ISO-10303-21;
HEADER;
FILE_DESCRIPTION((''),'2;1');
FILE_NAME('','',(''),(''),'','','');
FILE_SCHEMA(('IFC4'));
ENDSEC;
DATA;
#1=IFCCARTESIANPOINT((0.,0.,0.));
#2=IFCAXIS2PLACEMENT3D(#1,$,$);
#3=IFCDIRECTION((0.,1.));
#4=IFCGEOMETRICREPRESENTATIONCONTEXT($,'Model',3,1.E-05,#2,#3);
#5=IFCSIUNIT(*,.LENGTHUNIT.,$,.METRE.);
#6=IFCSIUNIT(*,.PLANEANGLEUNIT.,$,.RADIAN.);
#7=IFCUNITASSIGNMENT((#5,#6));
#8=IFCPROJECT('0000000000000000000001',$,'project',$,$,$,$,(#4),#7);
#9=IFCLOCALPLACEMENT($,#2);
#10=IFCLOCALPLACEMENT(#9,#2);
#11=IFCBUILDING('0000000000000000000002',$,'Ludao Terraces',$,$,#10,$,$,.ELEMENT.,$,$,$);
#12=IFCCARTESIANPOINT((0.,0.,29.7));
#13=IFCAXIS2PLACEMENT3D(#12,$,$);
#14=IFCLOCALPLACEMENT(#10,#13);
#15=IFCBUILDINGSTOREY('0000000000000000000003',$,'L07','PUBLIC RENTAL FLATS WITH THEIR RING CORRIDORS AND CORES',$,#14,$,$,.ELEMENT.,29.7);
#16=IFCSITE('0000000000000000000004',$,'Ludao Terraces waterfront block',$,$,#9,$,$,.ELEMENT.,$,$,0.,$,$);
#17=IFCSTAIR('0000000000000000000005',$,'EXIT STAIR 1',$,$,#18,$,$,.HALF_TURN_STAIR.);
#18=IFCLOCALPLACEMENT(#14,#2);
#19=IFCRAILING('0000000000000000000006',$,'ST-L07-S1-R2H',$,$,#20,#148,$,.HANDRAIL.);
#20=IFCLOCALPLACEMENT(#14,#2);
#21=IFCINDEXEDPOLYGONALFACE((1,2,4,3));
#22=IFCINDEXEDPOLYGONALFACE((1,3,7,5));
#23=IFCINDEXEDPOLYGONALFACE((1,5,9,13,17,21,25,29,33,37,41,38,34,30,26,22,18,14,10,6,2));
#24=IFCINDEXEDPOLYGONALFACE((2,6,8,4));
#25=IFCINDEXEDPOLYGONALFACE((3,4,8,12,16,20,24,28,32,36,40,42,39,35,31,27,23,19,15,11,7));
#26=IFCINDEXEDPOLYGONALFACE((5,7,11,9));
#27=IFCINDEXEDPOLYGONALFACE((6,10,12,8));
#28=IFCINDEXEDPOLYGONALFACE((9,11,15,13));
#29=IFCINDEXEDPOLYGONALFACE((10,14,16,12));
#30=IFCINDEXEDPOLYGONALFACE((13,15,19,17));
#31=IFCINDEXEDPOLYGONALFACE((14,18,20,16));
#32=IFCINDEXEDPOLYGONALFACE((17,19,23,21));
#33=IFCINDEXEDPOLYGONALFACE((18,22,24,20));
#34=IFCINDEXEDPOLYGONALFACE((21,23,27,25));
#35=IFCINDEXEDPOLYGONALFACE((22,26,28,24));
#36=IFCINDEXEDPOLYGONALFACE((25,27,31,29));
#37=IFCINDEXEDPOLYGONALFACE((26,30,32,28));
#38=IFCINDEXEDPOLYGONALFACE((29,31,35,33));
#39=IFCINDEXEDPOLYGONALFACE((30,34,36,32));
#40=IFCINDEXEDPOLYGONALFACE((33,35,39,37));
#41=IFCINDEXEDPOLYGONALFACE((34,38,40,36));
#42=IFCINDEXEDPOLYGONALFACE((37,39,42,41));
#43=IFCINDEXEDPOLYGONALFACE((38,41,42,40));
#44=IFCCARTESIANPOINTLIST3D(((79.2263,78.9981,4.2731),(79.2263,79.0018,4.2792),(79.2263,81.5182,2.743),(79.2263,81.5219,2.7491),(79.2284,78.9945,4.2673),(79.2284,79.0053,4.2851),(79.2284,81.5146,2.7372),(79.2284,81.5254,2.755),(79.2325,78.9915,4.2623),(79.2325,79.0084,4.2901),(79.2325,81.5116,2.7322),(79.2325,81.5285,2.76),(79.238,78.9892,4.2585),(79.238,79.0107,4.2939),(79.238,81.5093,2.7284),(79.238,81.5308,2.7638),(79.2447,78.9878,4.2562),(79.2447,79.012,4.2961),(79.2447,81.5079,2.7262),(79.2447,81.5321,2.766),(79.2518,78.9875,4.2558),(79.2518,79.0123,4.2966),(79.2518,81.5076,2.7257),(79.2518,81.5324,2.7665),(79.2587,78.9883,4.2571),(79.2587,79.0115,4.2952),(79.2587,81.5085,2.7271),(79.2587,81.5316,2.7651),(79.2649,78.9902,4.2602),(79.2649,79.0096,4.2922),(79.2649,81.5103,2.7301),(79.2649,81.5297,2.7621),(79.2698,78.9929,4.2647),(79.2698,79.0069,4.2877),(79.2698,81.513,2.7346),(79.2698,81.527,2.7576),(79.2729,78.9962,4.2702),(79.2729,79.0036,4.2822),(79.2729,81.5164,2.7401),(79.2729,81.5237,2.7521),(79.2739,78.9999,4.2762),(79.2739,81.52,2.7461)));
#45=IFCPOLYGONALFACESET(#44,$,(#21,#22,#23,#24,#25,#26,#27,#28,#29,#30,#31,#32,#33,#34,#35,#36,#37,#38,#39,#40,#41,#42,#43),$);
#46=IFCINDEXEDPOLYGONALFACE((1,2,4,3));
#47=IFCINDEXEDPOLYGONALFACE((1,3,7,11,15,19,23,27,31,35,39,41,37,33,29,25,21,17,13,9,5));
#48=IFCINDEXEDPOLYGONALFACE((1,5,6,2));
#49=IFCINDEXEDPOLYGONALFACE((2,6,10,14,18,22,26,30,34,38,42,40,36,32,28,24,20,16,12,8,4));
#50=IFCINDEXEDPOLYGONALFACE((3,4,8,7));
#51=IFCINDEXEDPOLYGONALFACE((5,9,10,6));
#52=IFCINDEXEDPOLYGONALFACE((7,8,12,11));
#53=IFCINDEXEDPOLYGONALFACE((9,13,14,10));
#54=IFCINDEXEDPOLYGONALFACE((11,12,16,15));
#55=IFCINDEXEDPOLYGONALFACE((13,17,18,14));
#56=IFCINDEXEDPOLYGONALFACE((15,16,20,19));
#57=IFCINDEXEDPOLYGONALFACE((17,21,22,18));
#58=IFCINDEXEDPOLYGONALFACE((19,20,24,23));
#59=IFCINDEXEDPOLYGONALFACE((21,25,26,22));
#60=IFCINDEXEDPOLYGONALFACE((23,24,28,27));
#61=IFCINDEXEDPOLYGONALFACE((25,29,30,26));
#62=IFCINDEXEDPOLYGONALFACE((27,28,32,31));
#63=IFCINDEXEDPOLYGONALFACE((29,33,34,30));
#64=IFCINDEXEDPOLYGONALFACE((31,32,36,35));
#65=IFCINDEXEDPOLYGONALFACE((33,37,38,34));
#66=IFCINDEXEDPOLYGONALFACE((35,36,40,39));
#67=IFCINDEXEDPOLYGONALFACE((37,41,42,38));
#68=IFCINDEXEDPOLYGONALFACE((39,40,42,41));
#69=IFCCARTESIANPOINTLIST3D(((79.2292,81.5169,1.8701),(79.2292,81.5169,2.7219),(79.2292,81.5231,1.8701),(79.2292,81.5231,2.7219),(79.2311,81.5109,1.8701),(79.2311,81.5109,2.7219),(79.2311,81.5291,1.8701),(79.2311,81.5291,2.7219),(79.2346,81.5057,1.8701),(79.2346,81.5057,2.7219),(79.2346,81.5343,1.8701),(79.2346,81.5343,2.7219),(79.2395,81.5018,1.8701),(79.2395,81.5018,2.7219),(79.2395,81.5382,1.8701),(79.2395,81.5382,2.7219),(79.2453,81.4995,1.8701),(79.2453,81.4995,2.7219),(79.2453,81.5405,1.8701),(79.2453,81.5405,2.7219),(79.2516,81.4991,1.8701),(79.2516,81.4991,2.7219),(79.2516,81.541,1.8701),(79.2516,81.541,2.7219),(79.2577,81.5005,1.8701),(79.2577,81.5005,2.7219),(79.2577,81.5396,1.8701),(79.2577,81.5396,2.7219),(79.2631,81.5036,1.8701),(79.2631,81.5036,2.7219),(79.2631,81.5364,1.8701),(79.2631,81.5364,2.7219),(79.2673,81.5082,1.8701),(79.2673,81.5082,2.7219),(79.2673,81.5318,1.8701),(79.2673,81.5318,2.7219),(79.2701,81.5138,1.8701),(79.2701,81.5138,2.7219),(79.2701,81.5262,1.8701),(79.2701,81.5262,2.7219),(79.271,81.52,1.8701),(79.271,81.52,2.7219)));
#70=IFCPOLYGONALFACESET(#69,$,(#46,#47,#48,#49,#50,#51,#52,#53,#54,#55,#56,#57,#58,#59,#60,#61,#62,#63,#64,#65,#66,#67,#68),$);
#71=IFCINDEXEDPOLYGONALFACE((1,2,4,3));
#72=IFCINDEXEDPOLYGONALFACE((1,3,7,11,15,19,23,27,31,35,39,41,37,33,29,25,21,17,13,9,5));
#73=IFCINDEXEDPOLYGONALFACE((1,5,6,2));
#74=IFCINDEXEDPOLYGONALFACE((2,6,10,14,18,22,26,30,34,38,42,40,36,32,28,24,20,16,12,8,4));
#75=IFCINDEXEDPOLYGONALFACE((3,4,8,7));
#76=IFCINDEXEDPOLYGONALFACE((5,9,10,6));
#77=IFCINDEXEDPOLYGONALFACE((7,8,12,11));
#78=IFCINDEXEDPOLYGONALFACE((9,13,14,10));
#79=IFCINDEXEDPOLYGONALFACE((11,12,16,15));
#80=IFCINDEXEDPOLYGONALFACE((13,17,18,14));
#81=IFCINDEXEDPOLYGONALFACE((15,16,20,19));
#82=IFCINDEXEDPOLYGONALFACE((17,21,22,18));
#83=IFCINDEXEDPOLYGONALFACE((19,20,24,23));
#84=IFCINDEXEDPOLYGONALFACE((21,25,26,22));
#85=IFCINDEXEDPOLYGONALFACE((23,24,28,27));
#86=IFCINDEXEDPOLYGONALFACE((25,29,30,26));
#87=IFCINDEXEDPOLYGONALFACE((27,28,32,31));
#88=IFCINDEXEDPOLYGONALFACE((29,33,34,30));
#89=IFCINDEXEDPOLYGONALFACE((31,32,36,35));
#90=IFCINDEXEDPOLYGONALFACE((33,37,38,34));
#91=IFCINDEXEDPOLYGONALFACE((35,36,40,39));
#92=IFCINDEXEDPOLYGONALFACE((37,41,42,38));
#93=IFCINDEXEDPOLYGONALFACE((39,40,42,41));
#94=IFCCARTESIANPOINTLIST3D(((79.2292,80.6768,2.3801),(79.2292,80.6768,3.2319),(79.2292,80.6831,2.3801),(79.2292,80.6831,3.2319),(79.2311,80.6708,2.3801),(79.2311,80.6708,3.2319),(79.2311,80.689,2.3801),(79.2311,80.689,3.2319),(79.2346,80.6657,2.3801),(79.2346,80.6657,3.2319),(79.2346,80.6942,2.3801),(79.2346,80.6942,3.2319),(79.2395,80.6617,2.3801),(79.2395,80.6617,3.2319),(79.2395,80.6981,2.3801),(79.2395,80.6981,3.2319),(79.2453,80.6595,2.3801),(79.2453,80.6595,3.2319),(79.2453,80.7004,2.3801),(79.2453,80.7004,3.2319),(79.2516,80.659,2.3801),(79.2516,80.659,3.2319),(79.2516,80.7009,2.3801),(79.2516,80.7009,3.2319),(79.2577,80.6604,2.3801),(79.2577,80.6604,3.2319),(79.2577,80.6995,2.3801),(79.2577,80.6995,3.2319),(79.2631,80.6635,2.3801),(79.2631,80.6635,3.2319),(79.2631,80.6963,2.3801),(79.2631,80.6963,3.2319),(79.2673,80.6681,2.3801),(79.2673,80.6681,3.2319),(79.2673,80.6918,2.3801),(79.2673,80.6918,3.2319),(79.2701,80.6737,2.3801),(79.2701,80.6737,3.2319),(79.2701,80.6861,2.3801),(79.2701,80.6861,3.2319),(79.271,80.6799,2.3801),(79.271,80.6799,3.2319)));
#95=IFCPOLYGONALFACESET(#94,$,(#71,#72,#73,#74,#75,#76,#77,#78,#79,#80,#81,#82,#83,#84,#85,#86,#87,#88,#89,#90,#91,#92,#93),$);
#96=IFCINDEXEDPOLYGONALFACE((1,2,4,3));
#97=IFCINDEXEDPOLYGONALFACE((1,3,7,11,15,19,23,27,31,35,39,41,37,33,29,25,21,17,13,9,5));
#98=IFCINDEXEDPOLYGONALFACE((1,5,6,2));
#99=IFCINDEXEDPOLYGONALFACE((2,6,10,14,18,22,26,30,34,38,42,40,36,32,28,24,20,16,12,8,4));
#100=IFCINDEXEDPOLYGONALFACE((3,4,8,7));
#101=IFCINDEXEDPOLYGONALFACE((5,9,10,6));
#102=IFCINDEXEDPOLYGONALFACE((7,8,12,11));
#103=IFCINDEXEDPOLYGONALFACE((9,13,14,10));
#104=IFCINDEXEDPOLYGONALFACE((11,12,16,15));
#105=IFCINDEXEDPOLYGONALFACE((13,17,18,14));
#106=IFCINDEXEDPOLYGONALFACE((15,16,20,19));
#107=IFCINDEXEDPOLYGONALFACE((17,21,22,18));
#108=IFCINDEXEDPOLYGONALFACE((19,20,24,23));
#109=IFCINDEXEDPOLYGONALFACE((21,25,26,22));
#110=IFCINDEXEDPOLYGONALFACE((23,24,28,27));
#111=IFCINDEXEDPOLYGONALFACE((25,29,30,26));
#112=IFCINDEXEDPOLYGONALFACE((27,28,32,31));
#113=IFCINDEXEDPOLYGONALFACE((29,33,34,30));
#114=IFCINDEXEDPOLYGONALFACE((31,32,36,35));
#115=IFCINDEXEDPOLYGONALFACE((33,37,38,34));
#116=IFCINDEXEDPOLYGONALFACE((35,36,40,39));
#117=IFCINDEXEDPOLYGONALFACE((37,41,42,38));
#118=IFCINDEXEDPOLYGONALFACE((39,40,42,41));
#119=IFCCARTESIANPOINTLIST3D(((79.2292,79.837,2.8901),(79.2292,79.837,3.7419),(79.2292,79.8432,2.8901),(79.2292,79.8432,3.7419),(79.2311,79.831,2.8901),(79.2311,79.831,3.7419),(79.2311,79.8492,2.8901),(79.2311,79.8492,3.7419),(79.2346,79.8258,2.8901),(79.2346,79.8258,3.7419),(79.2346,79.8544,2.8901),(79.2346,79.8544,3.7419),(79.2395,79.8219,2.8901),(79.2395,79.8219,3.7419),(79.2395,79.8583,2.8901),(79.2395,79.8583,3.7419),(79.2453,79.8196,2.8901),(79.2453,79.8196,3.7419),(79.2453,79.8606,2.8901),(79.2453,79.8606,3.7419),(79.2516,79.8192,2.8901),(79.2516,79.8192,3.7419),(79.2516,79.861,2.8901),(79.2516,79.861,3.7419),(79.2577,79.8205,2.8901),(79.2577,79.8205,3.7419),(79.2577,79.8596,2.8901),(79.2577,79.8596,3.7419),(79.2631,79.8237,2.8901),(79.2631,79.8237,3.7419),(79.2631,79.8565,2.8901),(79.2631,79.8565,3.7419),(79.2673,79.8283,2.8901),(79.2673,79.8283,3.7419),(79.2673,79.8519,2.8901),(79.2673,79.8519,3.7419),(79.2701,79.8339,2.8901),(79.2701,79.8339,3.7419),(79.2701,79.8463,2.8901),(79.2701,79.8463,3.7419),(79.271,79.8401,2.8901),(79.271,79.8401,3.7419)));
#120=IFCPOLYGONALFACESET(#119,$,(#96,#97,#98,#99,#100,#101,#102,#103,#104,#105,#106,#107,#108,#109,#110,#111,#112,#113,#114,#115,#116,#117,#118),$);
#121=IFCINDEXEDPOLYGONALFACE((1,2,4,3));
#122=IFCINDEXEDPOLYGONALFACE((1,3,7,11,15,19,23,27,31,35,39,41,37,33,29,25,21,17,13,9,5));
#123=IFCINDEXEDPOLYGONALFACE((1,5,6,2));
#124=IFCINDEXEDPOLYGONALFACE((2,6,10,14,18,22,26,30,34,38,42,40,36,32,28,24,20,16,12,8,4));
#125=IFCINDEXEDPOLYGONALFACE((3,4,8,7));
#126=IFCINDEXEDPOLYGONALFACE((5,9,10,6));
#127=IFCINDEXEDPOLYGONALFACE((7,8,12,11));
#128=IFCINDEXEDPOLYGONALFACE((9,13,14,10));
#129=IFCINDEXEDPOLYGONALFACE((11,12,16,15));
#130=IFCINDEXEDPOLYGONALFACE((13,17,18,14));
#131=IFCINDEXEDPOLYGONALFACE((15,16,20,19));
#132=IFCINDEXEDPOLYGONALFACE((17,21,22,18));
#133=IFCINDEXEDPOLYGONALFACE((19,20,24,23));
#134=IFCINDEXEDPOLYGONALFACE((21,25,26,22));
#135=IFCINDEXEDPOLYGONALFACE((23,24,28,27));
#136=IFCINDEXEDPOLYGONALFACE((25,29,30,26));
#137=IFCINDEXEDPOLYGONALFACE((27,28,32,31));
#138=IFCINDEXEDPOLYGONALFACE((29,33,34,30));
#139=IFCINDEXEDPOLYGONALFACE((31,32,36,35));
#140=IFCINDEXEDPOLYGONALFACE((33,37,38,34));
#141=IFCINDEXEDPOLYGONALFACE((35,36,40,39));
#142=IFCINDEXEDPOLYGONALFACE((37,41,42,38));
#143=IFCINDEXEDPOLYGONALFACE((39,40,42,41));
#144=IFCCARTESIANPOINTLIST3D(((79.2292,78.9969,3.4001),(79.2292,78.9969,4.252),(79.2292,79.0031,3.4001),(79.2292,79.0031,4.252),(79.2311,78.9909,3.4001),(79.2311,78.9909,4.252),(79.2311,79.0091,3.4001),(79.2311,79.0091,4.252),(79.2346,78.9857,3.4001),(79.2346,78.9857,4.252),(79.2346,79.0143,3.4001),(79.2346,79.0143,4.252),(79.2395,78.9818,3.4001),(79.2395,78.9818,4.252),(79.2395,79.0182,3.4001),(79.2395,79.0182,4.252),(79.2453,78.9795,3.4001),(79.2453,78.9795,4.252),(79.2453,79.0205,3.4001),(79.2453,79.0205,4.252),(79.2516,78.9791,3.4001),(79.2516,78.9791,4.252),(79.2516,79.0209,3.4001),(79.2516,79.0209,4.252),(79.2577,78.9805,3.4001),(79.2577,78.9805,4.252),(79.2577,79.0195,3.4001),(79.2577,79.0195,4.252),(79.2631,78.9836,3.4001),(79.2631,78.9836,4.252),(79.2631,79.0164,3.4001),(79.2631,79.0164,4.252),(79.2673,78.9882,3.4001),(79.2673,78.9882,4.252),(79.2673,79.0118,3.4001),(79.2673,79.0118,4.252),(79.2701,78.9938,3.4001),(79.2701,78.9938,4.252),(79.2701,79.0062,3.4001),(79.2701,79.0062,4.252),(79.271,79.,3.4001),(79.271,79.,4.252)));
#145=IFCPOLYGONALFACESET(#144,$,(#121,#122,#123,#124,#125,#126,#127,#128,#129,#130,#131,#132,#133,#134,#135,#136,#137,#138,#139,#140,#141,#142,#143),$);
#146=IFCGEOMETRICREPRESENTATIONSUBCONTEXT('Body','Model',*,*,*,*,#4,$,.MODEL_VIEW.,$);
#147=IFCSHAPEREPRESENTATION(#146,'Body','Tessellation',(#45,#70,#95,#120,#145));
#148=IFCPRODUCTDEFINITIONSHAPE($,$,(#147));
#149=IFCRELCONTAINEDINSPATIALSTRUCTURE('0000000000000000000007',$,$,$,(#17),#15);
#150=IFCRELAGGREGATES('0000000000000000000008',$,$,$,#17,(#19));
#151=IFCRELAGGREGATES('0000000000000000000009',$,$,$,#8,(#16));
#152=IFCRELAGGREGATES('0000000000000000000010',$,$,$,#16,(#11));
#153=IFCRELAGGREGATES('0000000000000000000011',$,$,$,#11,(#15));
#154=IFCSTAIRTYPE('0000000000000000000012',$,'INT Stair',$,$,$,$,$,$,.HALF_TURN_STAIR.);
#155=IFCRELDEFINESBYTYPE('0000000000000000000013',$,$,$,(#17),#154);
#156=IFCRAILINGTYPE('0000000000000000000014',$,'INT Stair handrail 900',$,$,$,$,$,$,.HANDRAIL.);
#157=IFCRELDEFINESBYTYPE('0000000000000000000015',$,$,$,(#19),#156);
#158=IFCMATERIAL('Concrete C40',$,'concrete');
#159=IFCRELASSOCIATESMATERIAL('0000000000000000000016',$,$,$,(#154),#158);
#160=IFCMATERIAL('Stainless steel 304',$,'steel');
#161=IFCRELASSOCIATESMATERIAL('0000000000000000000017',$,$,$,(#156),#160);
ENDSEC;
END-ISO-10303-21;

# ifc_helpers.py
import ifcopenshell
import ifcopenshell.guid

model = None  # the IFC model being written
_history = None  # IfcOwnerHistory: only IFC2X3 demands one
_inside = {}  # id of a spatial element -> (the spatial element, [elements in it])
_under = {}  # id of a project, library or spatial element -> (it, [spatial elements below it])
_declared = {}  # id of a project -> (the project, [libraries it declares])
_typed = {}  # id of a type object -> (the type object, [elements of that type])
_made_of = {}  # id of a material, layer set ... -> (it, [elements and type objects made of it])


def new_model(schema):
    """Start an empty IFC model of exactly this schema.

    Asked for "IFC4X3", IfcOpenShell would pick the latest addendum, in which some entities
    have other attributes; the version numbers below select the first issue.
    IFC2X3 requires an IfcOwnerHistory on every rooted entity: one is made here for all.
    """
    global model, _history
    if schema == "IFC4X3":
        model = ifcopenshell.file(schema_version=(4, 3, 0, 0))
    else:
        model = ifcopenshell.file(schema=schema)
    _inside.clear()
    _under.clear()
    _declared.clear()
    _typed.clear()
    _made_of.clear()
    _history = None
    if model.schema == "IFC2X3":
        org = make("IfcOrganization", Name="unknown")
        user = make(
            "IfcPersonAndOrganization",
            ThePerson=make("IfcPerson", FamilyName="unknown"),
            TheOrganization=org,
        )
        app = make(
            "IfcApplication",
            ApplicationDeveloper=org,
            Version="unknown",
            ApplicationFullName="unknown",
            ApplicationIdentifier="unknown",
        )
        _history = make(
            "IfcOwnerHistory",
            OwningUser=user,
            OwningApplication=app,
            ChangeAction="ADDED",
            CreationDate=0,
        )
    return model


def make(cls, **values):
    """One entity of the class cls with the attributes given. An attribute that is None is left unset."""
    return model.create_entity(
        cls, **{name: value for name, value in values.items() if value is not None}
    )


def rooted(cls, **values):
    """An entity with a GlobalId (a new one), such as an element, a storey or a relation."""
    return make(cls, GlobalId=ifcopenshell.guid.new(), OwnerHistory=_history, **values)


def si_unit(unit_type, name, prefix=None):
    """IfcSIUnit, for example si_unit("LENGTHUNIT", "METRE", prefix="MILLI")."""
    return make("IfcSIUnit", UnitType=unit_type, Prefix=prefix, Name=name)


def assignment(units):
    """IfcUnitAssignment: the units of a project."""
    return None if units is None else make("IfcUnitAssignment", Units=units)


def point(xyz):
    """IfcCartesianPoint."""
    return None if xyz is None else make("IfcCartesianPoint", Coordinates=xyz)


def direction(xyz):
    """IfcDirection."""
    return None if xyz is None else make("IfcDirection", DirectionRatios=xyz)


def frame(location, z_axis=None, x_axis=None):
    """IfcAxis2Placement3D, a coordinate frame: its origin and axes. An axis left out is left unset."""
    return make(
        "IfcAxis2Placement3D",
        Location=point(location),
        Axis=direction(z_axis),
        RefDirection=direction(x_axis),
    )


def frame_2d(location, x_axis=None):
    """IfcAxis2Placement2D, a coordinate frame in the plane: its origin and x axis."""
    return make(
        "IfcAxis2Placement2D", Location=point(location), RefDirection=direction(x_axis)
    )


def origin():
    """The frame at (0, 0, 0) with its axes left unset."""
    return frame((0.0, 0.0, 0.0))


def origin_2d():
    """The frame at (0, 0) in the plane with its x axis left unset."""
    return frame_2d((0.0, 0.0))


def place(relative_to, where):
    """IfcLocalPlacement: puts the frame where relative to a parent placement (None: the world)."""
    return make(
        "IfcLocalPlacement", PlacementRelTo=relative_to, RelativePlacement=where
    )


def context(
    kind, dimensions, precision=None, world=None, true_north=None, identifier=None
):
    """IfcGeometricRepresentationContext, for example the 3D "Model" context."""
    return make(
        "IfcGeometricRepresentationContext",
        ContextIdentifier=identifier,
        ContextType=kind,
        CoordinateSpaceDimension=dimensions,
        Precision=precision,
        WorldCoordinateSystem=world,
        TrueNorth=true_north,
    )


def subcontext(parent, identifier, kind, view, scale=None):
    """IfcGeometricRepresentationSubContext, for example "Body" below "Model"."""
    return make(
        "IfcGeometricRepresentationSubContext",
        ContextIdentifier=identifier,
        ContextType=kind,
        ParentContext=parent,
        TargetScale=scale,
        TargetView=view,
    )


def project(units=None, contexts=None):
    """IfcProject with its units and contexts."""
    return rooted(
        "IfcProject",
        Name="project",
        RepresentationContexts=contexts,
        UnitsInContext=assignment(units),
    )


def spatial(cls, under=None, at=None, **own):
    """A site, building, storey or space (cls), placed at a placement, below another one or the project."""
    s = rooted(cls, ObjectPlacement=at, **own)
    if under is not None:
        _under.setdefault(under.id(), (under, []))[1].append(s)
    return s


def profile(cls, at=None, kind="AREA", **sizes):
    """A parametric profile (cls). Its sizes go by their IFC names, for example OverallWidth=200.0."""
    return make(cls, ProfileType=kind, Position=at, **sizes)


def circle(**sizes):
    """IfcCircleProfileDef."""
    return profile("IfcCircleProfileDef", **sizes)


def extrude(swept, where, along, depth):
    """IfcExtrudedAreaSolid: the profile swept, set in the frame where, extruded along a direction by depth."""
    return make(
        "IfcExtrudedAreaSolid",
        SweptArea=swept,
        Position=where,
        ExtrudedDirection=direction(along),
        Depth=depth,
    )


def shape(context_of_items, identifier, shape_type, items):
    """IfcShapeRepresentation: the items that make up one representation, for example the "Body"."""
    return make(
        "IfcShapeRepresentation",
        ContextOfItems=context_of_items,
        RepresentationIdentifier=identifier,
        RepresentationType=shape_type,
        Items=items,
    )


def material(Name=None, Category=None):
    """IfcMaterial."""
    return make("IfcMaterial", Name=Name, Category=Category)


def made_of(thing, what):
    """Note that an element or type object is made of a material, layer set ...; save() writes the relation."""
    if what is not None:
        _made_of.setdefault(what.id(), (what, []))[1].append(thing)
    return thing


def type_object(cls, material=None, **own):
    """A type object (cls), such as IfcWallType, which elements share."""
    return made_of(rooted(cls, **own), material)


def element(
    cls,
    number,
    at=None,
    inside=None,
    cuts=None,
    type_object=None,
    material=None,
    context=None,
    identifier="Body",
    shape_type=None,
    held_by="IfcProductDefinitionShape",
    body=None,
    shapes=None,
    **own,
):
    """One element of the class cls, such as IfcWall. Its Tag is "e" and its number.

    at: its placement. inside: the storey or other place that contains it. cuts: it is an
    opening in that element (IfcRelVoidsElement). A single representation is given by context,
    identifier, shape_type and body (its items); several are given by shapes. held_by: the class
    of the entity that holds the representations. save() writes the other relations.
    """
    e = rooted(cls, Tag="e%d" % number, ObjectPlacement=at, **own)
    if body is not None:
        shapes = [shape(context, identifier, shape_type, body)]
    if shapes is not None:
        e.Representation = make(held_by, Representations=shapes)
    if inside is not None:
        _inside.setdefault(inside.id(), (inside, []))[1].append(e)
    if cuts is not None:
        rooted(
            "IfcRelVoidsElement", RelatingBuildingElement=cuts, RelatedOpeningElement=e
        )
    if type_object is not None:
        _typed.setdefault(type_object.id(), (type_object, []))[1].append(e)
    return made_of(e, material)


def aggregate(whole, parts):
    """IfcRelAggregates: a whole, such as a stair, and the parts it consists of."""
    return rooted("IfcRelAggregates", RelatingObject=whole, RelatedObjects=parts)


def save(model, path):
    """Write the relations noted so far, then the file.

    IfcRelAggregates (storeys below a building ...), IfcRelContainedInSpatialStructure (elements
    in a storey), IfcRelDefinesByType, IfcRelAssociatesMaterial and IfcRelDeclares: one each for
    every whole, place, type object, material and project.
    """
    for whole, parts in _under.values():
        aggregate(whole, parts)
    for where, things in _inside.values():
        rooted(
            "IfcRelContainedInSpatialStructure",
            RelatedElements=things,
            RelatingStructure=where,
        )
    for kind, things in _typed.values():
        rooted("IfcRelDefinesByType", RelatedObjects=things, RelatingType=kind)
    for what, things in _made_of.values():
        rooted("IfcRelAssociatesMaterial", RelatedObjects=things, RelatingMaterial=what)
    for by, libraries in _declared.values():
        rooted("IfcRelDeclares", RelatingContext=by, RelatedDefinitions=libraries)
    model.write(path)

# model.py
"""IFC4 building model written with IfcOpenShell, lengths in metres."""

from ifc_helpers import new_model, si_unit, direction, frame, origin, origin_2d, place, context, subcontext, project, spatial, circle, extrude, material, type_object, element, aggregate, save


model = new_model("IFC4")

# Units and contexts
model_context = context("Model", 3, precision=1e-05, world=origin(), true_north=direction((0.0, 1.0)))
body_context = subcontext(model_context, "Body", "Model", "MODEL_VIEW")
ifc_project = project(units=[si_unit("LENGTHUNIT", "METRE"), si_unit("PLANEANGLEUNIT", "RADIAN")], contexts=[model_context])

# Site, building, storey
site_placement = place(None, origin())
site = spatial("IfcSite", under=ifc_project, at=site_placement, Name="Ludao Terraces waterfront block", CompositionType="ELEMENT", RefElevation=0.0)
building_placement = place(site_placement, origin())
building = spatial("IfcBuilding", under=site, at=building_placement, Name="Ludao Terraces", CompositionType="ELEMENT")
storey_placement = place(building_placement, frame((0.0, 0.0, 29.7)))
storey = spatial("IfcBuildingStorey", under=building, at=storey_placement, Name="L07", Description="PUBLIC RENTAL FLATS WITH THEIR RING CORRIDORS AND CORES", CompositionType="ELEMENT", Elevation=29.7)

# Shared definitions
ifc_material_1 = material(Name="Concrete C40", Category="concrete")

# Shared definitions
ifc_material_2 = material(Name="Stainless steel 304", Category="steel")

# Stair, railing
stair_type = type_object("IfcStairType", Name="INT Stair", PredefinedType="HALF_TURN_STAIR", material=ifc_material_1)
stair_placement = place(storey_placement, origin())
stair = element("IfcStair", 1, at=stair_placement, inside=storey, type_object=stair_type, Name="EXIT STAIR 1", PredefinedType="HALF_TURN_STAIR")
railing_type_1 = type_object("IfcRailingType", Name="INT Stair handrail 900", PredefinedType="HANDRAIL", material=ifc_material_2)
railing_1_placement = place(storey_placement, frame((79.25, 81.52, 1.8701)))
railing_1 = element("IfcRailing", 2, at=railing_1_placement, type_object=railing_type_1, Name="ST-L07-S1-R2H", PredefinedType="HANDRAIL", context=body_context, shape_type="SweptSolid", body=[
    extrude(circle(Radius=0.0239, at=origin_2d()), frame((0.0, 0.0, 0.876), z_axis=(0.0, -0.854785, 0.518982), x_axis=(1.0, 0.0, 0.0)), (0.0, 0.0, 1.0), 2.9482),
    extrude(circle(Radius=0.021, at=origin_2d()), origin(), (0.0, 0.0, 1.0), 0.8518),
    extrude(circle(Radius=0.021, at=origin_2d()), frame((0.0, -0.8401, 0.51)), (0.0, 0.0, 1.0), 0.8518),
    extrude(circle(Radius=0.021, at=origin_2d()), frame((0.0, -1.6799, 1.02)), (0.0, 0.0, 1.0), 0.8518),
    extrude(circle(Radius=0.021, at=origin_2d()), frame((0.0, -2.52, 1.53)), (0.0, 0.0, 1.0), 0.8518),
])
aggregate(stair, [railing_1])

save(model, "model.ifc")
